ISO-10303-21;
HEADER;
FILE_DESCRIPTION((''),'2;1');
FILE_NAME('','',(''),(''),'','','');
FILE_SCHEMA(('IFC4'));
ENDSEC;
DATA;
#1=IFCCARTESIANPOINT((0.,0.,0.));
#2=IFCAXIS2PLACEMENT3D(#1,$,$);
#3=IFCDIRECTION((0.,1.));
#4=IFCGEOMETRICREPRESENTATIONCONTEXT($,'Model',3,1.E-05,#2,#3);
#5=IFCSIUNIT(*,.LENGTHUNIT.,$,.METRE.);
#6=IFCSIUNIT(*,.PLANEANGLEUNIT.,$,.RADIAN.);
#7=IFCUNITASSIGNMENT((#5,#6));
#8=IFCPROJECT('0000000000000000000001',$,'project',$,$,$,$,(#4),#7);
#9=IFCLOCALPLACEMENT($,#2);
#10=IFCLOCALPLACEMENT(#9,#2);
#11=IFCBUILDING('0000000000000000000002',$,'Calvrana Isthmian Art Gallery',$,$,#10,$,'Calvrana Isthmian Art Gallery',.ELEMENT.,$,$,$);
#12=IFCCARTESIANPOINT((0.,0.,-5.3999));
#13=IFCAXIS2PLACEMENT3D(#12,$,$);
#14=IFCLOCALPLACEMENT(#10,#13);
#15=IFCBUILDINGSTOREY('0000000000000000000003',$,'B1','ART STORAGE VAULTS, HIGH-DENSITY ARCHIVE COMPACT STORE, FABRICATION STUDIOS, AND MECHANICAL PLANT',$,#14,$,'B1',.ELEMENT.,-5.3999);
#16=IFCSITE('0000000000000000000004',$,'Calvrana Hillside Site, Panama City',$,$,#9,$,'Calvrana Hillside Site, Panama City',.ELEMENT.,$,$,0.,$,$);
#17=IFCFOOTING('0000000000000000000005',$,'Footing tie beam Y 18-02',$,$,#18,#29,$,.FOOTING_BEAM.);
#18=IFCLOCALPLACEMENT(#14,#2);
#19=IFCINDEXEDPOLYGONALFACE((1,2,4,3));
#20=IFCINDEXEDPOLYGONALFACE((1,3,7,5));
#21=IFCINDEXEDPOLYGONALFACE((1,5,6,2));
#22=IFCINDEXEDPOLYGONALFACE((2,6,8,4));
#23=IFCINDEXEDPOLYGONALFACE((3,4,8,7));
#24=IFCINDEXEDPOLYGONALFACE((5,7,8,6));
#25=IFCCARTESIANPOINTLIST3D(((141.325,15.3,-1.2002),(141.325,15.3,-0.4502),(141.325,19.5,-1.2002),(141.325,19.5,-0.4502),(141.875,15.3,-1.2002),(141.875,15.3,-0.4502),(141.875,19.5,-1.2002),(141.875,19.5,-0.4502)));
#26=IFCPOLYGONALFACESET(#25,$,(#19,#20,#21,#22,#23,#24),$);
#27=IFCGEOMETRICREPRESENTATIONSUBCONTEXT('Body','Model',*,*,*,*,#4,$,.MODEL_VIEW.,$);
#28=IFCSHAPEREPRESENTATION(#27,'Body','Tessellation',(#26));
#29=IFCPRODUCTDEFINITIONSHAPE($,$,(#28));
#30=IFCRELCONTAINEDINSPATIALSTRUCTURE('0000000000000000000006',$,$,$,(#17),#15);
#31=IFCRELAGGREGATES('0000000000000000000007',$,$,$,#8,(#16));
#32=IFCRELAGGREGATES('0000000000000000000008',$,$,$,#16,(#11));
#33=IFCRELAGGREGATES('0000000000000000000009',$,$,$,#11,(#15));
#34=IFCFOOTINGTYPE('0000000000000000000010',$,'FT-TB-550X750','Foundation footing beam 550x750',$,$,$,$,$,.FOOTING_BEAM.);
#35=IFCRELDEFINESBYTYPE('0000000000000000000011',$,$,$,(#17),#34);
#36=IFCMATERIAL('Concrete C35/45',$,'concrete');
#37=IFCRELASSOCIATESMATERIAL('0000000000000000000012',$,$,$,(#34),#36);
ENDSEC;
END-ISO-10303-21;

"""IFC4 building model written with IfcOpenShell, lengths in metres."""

from ifc_helpers import new_model, si_unit, direction, frame, origin, place, context, subcontext, project, spatial, polyline, outline, extrude, material, type_object, element, save


model = new_model("IFC4")

# Units and contexts
model_context = context("Model", 3, precision=1e-05, world=origin(), true_north=direction((0.0, 1.0)))
body_context = subcontext(model_context, "Body", "Model", "MODEL_VIEW")
ifc_project = project(units=[si_unit("LENGTHUNIT", "METRE"), si_unit("PLANEANGLEUNIT", "RADIAN")], contexts=[model_context])

# Site, building, storey
site_placement = place(None, origin())
site = spatial("IfcSite", under=ifc_project, at=site_placement, Name="Calvrana Hillside Site, Panama City", LongName="Calvrana Hillside Site, Panama City", CompositionType="ELEMENT", RefElevation=0.0)
building_placement = place(site_placement, origin())
building = spatial("IfcBuilding", under=site, at=building_placement, Name="Calvrana Isthmian Art Gallery", LongName="Calvrana Isthmian Art Gallery", CompositionType="ELEMENT")
storey_placement = place(building_placement, frame((0.0, 0.0, -5.3999)))
storey = spatial("IfcBuildingStorey", under=building, at=storey_placement, Name="B1", Description="ART STORAGE VAULTS, HIGH-DENSITY ARCHIVE COMPACT STORE, FABRICATION STUDIOS, AND MECHANICAL PLANT", LongName="B1", CompositionType="ELEMENT", Elevation=-5.3999)

# Footing
ifc_material = material(Name="Concrete C35/45", Category="concrete")
footing_type = type_object("IfcFootingType", Name="FT-TB-550X750", Description="Foundation footing beam 550x750", PredefinedType="FOOTING_BEAM", material=ifc_material)
footing_1_placement = place(storey_placement, frame((0.0, 0.0, -1.2002)))
element("IfcFooting", 1, at=footing_1_placement, inside=storey, type_object=footing_type, Name="Footing tie beam Y 18-02", PredefinedType="FOOTING_BEAM", context=body_context, shape_type="SweptSolid", body=[
    extrude(outline(polyline([(141.325, 15.3), (141.875, 15.3), (141.875, 19.5), (141.325, 19.5), (141.325, 15.3)])), origin(), (0.0, 0.0, 1.0), 0.75),
])

save(model, "model.ifc")
